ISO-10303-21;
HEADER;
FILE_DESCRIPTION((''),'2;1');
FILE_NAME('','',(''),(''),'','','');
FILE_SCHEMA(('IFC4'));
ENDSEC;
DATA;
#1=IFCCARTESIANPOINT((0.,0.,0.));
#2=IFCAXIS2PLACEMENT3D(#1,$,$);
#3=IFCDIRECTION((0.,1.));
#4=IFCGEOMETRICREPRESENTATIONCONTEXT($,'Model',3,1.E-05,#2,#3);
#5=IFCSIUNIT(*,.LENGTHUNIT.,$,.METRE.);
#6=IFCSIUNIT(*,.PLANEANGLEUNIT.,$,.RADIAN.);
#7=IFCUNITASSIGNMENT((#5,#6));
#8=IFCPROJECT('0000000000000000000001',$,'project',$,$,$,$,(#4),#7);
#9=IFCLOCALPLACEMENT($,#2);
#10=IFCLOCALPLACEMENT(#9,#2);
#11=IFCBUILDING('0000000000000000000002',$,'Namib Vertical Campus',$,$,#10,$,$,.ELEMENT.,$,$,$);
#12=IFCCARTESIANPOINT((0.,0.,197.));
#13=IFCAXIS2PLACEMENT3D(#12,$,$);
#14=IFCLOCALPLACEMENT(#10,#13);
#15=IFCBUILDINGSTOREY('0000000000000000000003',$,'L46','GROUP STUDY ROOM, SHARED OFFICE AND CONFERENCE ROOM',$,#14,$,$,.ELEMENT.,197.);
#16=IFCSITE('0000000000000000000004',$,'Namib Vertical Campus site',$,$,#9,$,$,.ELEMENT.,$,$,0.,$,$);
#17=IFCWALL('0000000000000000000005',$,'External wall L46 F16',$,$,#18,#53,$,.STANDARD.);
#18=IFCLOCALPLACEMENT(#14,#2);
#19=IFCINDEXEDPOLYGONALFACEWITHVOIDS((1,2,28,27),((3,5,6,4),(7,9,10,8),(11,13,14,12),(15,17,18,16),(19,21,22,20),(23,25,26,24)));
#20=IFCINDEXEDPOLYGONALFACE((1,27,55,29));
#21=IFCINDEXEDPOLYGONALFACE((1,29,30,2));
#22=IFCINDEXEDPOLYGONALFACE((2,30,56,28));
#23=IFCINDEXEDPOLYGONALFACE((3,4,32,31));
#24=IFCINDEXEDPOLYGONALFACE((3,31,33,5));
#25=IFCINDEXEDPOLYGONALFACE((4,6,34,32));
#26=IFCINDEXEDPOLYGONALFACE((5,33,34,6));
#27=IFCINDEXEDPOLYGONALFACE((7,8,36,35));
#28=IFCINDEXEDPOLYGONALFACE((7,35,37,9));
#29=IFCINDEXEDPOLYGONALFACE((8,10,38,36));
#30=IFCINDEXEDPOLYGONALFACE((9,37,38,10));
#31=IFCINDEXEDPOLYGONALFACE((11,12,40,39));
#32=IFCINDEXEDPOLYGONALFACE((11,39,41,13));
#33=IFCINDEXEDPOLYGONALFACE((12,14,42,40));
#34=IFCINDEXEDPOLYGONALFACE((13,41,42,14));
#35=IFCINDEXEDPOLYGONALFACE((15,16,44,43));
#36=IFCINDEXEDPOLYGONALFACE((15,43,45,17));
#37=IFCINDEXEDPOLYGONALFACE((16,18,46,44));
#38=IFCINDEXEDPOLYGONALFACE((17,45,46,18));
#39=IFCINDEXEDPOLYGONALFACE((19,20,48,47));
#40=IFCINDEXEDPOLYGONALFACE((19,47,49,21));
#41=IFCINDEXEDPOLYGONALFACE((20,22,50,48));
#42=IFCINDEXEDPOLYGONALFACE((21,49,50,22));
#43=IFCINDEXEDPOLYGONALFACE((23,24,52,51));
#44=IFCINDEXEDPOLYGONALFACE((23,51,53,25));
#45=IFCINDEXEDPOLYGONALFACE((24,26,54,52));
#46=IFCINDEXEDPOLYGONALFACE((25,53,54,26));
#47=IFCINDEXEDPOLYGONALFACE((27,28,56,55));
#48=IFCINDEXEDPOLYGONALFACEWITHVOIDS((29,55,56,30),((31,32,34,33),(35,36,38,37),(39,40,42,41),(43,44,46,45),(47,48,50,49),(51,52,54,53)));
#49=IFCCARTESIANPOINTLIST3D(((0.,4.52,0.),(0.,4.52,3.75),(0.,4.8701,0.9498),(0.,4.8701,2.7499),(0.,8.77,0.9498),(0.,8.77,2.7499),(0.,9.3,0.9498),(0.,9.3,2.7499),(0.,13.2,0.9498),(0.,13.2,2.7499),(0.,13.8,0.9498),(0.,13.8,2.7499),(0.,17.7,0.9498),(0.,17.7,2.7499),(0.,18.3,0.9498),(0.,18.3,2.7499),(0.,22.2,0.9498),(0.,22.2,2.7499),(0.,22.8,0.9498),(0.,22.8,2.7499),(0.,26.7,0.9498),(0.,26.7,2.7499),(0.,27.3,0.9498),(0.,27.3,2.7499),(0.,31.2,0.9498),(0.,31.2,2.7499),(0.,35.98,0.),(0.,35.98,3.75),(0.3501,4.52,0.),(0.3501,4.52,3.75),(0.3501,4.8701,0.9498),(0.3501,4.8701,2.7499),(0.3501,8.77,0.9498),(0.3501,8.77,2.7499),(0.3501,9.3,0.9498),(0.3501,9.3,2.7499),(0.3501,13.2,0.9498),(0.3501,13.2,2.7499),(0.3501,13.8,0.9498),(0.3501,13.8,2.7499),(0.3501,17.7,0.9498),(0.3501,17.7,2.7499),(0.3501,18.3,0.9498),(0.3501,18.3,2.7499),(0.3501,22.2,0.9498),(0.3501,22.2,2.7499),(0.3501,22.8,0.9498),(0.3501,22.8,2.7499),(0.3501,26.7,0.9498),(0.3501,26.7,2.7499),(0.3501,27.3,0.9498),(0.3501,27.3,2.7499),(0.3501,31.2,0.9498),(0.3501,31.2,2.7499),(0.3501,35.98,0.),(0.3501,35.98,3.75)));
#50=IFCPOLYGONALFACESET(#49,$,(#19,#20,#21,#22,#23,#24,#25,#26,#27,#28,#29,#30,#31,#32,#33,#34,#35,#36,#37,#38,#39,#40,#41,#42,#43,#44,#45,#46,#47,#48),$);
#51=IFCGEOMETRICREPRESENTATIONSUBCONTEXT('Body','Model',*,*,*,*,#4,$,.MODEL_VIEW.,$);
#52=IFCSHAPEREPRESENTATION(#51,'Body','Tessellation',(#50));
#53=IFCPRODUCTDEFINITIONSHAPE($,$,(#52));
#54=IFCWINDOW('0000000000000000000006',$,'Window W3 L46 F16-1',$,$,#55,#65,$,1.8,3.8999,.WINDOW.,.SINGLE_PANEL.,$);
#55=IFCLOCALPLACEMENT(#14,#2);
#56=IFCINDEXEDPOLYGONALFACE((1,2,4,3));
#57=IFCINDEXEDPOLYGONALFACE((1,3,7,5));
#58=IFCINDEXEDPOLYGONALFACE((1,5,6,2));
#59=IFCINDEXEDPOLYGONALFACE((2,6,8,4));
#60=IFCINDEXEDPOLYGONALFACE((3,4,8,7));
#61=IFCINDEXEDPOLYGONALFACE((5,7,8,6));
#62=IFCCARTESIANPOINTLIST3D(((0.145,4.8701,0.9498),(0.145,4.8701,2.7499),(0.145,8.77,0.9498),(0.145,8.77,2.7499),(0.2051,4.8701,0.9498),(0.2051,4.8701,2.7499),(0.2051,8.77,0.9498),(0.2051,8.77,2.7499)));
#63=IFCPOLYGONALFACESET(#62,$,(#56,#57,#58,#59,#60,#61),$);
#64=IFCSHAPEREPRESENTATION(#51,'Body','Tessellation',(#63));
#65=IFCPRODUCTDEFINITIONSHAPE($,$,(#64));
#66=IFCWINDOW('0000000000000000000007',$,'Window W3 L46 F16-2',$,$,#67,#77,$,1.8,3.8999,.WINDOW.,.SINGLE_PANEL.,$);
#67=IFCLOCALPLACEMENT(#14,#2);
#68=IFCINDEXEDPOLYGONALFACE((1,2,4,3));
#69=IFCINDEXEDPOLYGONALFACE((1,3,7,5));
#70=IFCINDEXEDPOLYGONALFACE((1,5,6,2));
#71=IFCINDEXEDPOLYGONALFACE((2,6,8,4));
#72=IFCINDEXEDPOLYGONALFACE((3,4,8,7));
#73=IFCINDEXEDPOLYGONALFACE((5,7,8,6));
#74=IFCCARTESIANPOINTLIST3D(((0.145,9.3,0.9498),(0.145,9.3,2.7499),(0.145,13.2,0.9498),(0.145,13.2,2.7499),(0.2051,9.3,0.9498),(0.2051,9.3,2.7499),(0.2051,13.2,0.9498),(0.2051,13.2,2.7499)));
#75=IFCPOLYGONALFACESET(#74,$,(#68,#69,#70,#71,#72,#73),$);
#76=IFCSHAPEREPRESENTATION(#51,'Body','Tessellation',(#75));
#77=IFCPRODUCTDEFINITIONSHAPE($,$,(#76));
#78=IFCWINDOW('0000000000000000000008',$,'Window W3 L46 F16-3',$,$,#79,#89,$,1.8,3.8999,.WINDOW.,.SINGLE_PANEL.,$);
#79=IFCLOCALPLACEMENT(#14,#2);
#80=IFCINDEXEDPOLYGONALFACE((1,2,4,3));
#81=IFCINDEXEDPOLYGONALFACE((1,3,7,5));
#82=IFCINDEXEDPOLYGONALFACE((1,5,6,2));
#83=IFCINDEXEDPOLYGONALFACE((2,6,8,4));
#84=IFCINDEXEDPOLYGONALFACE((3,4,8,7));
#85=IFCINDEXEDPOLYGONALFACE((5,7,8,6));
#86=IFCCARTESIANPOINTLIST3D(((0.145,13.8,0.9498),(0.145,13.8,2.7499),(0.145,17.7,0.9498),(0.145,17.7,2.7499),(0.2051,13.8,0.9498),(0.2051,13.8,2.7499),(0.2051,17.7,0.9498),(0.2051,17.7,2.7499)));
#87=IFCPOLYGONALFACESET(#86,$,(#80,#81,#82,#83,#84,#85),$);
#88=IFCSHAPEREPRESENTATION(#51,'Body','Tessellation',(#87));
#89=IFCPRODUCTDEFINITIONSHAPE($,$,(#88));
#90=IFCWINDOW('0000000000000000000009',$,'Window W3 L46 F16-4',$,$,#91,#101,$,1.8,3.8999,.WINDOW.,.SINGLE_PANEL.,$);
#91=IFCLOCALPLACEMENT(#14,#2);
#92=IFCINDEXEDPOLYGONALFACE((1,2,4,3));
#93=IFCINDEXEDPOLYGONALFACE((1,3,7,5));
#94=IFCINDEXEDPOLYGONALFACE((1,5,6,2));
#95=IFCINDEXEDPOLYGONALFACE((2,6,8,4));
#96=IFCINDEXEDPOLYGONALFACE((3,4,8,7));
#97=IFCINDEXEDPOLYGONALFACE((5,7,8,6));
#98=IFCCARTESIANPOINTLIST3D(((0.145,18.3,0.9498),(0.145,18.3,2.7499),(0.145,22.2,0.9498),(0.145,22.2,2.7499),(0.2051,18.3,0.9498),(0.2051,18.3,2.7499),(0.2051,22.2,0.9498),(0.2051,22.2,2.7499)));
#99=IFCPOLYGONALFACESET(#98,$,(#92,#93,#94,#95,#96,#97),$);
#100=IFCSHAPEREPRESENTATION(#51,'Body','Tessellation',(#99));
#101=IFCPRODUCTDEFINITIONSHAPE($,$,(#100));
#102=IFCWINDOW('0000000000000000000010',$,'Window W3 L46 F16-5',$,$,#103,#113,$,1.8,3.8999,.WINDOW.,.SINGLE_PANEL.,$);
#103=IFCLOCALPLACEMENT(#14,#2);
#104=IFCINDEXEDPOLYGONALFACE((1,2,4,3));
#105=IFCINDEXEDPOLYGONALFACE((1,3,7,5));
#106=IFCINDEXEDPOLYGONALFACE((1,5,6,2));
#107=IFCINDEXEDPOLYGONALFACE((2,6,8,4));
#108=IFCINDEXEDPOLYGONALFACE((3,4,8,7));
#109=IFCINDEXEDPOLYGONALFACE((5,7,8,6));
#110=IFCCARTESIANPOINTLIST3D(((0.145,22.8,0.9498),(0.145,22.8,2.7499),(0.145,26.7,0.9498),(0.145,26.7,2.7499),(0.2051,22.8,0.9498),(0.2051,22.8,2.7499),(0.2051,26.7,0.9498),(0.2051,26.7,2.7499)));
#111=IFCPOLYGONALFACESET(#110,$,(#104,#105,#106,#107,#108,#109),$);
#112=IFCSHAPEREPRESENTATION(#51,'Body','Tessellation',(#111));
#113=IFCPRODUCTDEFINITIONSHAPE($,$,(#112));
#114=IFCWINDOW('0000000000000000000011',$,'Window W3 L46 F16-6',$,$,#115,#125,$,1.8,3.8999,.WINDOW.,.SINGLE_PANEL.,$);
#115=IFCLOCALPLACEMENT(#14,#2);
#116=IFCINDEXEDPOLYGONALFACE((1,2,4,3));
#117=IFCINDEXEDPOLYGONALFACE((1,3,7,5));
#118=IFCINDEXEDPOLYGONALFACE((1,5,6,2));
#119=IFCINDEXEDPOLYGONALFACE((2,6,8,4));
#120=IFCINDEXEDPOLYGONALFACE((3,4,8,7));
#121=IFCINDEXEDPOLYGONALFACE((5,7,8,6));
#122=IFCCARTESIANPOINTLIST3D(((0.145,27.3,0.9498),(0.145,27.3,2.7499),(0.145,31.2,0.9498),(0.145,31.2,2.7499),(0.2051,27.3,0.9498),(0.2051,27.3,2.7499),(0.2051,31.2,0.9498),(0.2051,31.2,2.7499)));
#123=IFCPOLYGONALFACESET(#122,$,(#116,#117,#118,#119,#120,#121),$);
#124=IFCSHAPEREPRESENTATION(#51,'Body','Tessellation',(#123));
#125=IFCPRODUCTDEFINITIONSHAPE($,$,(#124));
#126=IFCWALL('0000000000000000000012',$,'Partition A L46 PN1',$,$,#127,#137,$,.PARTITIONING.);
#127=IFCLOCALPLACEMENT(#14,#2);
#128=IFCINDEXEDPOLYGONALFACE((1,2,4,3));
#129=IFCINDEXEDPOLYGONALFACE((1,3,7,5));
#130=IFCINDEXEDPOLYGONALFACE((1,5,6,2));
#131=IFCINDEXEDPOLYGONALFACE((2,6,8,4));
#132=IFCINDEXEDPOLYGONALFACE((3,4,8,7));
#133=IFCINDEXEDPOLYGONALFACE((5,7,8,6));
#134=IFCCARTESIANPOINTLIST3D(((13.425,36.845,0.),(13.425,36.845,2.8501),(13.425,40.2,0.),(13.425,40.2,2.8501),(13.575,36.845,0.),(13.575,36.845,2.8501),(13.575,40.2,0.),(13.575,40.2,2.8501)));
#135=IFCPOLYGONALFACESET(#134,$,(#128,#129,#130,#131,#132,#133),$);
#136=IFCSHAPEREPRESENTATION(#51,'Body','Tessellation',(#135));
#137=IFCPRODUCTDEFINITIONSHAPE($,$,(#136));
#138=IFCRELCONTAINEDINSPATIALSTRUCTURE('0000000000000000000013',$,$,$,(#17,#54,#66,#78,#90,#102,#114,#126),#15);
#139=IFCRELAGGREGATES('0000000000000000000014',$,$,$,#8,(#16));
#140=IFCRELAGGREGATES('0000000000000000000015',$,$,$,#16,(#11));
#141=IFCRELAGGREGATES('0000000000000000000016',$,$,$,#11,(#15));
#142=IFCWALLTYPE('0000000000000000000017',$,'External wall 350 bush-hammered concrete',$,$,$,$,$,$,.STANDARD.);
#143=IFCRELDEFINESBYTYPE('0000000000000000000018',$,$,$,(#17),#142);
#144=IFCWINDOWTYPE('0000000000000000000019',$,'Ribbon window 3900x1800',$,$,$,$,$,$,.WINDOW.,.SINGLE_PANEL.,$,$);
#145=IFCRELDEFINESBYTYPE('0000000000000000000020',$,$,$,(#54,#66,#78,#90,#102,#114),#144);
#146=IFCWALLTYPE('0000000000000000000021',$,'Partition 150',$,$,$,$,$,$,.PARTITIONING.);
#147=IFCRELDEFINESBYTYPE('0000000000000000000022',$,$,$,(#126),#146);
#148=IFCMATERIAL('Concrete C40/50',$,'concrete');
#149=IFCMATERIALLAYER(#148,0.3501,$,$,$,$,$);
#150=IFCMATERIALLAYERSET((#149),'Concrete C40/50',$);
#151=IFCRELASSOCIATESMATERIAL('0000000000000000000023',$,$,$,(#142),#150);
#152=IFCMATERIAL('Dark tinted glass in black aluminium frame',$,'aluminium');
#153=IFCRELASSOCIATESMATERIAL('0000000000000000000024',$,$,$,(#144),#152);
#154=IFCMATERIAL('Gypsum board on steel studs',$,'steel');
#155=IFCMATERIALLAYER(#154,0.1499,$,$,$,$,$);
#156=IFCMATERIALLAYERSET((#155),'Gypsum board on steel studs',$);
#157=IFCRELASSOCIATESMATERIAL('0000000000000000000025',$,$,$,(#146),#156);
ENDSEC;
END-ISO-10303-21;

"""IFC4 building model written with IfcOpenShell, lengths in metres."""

from ifc_helpers import new_model, si_unit, direction, frame, frame_2d, origin, place, context, subcontext, project, spatial, rectangle, extrude, material, layer, layer_set, type_object, element, fill, save


model = new_model("IFC4")

# Units and contexts
model_context = context("Model", 3, precision=1e-05, world=origin(), true_north=direction((0.0, 1.0)))
body_context = subcontext(model_context, "Body", "Model", "MODEL_VIEW")
ifc_project = project(units=[si_unit("LENGTHUNIT", "METRE"), si_unit("PLANEANGLEUNIT", "RADIAN")], contexts=[model_context])

# Site, building, storey
site_placement = place(None, origin())
site = spatial("IfcSite", under=ifc_project, at=site_placement, Name="Namib Vertical Campus site", CompositionType="ELEMENT", RefElevation=0.0)
building_placement = place(site_placement, origin())
building = spatial("IfcBuilding", under=site, at=building_placement, Name="Namib Vertical Campus", CompositionType="ELEMENT")
storey_placement = place(building_placement, frame((0.0, 0.0, 197.0)))
storey = spatial("IfcBuildingStorey", under=building, at=storey_placement, Name="L46", Description="GROUP STUDY ROOM, SHARED OFFICE AND CONFERENCE ROOM", CompositionType="ELEMENT", Elevation=197.0)

# Shared definitions
ifc_material_1 = material(Name="Concrete C40/50", Category="concrete")
ifc_layer_1 = layer(ifc_material_1, 0.3501)
ifc_layer_set_1 = layer_set([ifc_layer_1], Name="Concrete C40/50")
wall_type_1 = type_object("IfcWallType", Name="External wall 350 bush-hammered concrete", PredefinedType="STANDARD", material=ifc_layer_set_1)

# Wall, openings, windows
wall_1_placement = place(storey_placement, frame((0.175, 35.98, 0.0), z_axis=(0.0, 0.0, 1.0), x_axis=(0.0, -1.0, 0.0)))
wall_1 = element("IfcWall", 1, at=wall_1_placement, inside=storey, type_object=wall_type_1, Name="External wall L46 F16", PredefinedType="STANDARD", context=body_context, shape_type="SweptSolid", body=[
    extrude(rectangle(XDim=31.46, YDim=0.3501, at=frame_2d((15.73, 0.0))), origin(), (0.0, 0.0, 1.0), 3.75),
])
opening_1_placement = place(wall_1_placement, frame((27.21, 0.0, 0.95)))
opening_1 = element("IfcOpeningElement", 2, at=opening_1_placement, cuts=wall_1, PredefinedType="OPENING", context=body_context, shape_type="SweptSolid", body=[
    extrude(rectangle(XDim=3.8999, YDim=1.8, at=frame_2d((1.95, 0.8999))), frame((0.0, 0.1851, 0.0), z_axis=(0.0, -1.0, 0.0), x_axis=(1.0, 0.0, 0.0)), (0.0, 0.0, 1.0), 0.3701),
])
opening_2_placement = place(wall_1_placement, frame((22.78, 0.0, 0.95)))
opening_2 = element("IfcOpeningElement", 3, at=opening_2_placement, cuts=wall_1, PredefinedType="OPENING", context=body_context, shape_type="SweptSolid", body=[
    extrude(rectangle(XDim=3.8999, YDim=1.8, at=frame_2d((1.95, 0.8999))), frame((0.0, 0.1851, 0.0), z_axis=(0.0, -1.0, 0.0), x_axis=(1.0, 0.0, 0.0)), (0.0, 0.0, 1.0), 0.3701),
])
opening_3_placement = place(wall_1_placement, frame((18.28, 0.0, 0.95)))
opening_3 = element("IfcOpeningElement", 4, at=opening_3_placement, cuts=wall_1, PredefinedType="OPENING", context=body_context, shape_type="SweptSolid", body=[
    extrude(rectangle(XDim=3.8999, YDim=1.8, at=frame_2d((1.95, 0.8999))), frame((0.0, 0.1851, 0.0), z_axis=(0.0, -1.0, 0.0), x_axis=(1.0, 0.0, 0.0)), (0.0, 0.0, 1.0), 0.3701),
])
opening_4_placement = place(wall_1_placement, frame((13.78, 0.0, 0.95)))
opening_4 = element("IfcOpeningElement", 5, at=opening_4_placement, cuts=wall_1, PredefinedType="OPENING", context=body_context, shape_type="SweptSolid", body=[
    extrude(rectangle(XDim=3.8999, YDim=1.8, at=frame_2d((1.95, 0.8999))), frame((0.0, 0.1851, 0.0), z_axis=(0.0, -1.0, 0.0), x_axis=(1.0, 0.0, 0.0)), (0.0, 0.0, 1.0), 0.3701),
])
opening_5_placement = place(wall_1_placement, frame((9.28, 0.0, 0.95)))
opening_5 = element("IfcOpeningElement", 6, at=opening_5_placement, cuts=wall_1, PredefinedType="OPENING", context=body_context, shape_type="SweptSolid", body=[
    extrude(rectangle(XDim=3.8999, YDim=1.8, at=frame_2d((1.95, 0.8999))), frame((0.0, 0.1851, 0.0), z_axis=(0.0, -1.0, 0.0), x_axis=(1.0, 0.0, 0.0)), (0.0, 0.0, 1.0), 0.3701),
])
opening_6_placement = place(wall_1_placement, frame((4.78, 0.0, 0.95)))
opening_6 = element("IfcOpeningElement", 7, at=opening_6_placement, cuts=wall_1, PredefinedType="OPENING", context=body_context, shape_type="SweptSolid", body=[
    extrude(rectangle(XDim=3.8999, YDim=1.8, at=frame_2d((1.95, 0.8999))), frame((0.0, 0.1851, 0.0), z_axis=(0.0, -1.0, 0.0), x_axis=(1.0, 0.0, 0.0)), (0.0, 0.0, 1.0), 0.3701),
])
ifc_material_2 = material(Name="Dark tinted glass in black aluminium frame", Category="aluminium")
window_type = type_object("IfcWindowType", Name="Ribbon window 3900x1800", PartitioningType="SINGLE_PANEL", PredefinedType="WINDOW", material=ifc_material_2)
window_1_placement = place(opening_1_placement, origin())
window_1 = element("IfcWindow", 8, at=window_1_placement, inside=storey, type_object=window_type, Name="Window W3 L46 F16-1", OverallHeight=1.8, OverallWidth=3.8999, PartitioningType="SINGLE_PANEL", PredefinedType="WINDOW", context=body_context, shape_type="SweptSolid", body=[
    extrude(rectangle(XDim=3.8999, YDim=1.8, at=frame_2d((1.95, 0.8999))), frame((0.0, 0.03, 0.0), z_axis=(0.0, -1.0, 0.0), x_axis=(1.0, 0.0, 0.0)), (0.0, 0.0, 1.0), 0.0601),
])
fill(opening_1, window_1)
window_2_placement = place(opening_2_placement, origin())
window_2 = element("IfcWindow", 9, at=window_2_placement, inside=storey, type_object=window_type, Name="Window W3 L46 F16-2", OverallHeight=1.8, OverallWidth=3.8999, PartitioningType="SINGLE_PANEL", PredefinedType="WINDOW", context=body_context, shape_type="SweptSolid", body=[
    extrude(rectangle(XDim=3.8999, YDim=1.8, at=frame_2d((1.95, 0.8999))), frame((0.0, 0.03, 0.0), z_axis=(0.0, -1.0, 0.0), x_axis=(1.0, 0.0, 0.0)), (0.0, 0.0, 1.0), 0.0601),
])
fill(opening_2, window_2)
window_3_placement = place(opening_3_placement, origin())
window_3 = element("IfcWindow", 10, at=window_3_placement, inside=storey, type_object=window_type, Name="Window W3 L46 F16-3", OverallHeight=1.8, OverallWidth=3.8999, PartitioningType="SINGLE_PANEL", PredefinedType="WINDOW", context=body_context, shape_type="SweptSolid", body=[
    extrude(rectangle(XDim=3.8999, YDim=1.8, at=frame_2d((1.95, 0.8999))), frame((0.0, 0.03, 0.0), z_axis=(0.0, -1.0, 0.0), x_axis=(1.0, 0.0, 0.0)), (0.0, 0.0, 1.0), 0.0601),
])
fill(opening_3, window_3)
window_4_placement = place(opening_4_placement, origin())
window_4 = element("IfcWindow", 11, at=window_4_placement, inside=storey, type_object=window_type, Name="Window W3 L46 F16-4", OverallHeight=1.8, OverallWidth=3.8999, PartitioningType="SINGLE_PANEL", PredefinedType="WINDOW", context=body_context, shape_type="SweptSolid", body=[
    extrude(rectangle(XDim=3.8999, YDim=1.8, at=frame_2d((1.95, 0.8999))), frame((0.0, 0.03, 0.0), z_axis=(0.0, -1.0, 0.0), x_axis=(1.0, 0.0, 0.0)), (0.0, 0.0, 1.0), 0.0601),
])
fill(opening_4, window_4)
window_5_placement = place(opening_5_placement, origin())
window_5 = element("IfcWindow", 12, at=window_5_placement, inside=storey, type_object=window_type, Name="Window W3 L46 F16-5", OverallHeight=1.8, OverallWidth=3.8999, PartitioningType="SINGLE_PANEL", PredefinedType="WINDOW", context=body_context, shape_type="SweptSolid", body=[
    extrude(rectangle(XDim=3.8999, YDim=1.8, at=frame_2d((1.95, 0.8999))), frame((0.0, 0.03, 0.0), z_axis=(0.0, -1.0, 0.0), x_axis=(1.0, 0.0, 0.0)), (0.0, 0.0, 1.0), 0.0601),
])
fill(opening_5, window_5)
window_6_placement = place(opening_6_placement, origin())
window_6 = element("IfcWindow", 13, at=window_6_placement, inside=storey, type_object=window_type, Name="Window W3 L46 F16-6", OverallHeight=1.8, OverallWidth=3.8999, PartitioningType="SINGLE_PANEL", PredefinedType="WINDOW", context=body_context, shape_type="SweptSolid", body=[
    extrude(rectangle(XDim=3.8999, YDim=1.8, at=frame_2d((1.95, 0.8999))), frame((0.0, 0.03, 0.0), z_axis=(0.0, -1.0, 0.0), x_axis=(1.0, 0.0, 0.0)), (0.0, 0.0, 1.0), 0.0601),
])
fill(opening_6, window_6)

# Wall
ifc_material_3 = material(Name="Gypsum board on steel studs", Category="steel")
ifc_layer_2 = layer(ifc_material_3, 0.1499)
ifc_layer_set_2 = layer_set([ifc_layer_2], Name="Gypsum board on steel studs")
wall_type_2 = type_object("IfcWallType", Name="Partition 150", PredefinedType="PARTITIONING", material=ifc_layer_set_2)
wall_2_placement = place(storey_placement, frame((13.5, 36.845, 0.0), z_axis=(0.0, 0.0, 1.0), x_axis=(0.0, 1.0, 0.0)))
element("IfcWall", 14, at=wall_2_placement, inside=storey, type_object=wall_type_2, Name="Partition A L46 PN1", PredefinedType="PARTITIONING", context=body_context, shape_type="SweptSolid", body=[
    extrude(rectangle(XDim=3.355, YDim=0.1499, at=frame_2d((1.6775, 0.0))), origin(), (0.0, 0.0, 1.0), 2.8501),
])

save(model, "model.ifc")
